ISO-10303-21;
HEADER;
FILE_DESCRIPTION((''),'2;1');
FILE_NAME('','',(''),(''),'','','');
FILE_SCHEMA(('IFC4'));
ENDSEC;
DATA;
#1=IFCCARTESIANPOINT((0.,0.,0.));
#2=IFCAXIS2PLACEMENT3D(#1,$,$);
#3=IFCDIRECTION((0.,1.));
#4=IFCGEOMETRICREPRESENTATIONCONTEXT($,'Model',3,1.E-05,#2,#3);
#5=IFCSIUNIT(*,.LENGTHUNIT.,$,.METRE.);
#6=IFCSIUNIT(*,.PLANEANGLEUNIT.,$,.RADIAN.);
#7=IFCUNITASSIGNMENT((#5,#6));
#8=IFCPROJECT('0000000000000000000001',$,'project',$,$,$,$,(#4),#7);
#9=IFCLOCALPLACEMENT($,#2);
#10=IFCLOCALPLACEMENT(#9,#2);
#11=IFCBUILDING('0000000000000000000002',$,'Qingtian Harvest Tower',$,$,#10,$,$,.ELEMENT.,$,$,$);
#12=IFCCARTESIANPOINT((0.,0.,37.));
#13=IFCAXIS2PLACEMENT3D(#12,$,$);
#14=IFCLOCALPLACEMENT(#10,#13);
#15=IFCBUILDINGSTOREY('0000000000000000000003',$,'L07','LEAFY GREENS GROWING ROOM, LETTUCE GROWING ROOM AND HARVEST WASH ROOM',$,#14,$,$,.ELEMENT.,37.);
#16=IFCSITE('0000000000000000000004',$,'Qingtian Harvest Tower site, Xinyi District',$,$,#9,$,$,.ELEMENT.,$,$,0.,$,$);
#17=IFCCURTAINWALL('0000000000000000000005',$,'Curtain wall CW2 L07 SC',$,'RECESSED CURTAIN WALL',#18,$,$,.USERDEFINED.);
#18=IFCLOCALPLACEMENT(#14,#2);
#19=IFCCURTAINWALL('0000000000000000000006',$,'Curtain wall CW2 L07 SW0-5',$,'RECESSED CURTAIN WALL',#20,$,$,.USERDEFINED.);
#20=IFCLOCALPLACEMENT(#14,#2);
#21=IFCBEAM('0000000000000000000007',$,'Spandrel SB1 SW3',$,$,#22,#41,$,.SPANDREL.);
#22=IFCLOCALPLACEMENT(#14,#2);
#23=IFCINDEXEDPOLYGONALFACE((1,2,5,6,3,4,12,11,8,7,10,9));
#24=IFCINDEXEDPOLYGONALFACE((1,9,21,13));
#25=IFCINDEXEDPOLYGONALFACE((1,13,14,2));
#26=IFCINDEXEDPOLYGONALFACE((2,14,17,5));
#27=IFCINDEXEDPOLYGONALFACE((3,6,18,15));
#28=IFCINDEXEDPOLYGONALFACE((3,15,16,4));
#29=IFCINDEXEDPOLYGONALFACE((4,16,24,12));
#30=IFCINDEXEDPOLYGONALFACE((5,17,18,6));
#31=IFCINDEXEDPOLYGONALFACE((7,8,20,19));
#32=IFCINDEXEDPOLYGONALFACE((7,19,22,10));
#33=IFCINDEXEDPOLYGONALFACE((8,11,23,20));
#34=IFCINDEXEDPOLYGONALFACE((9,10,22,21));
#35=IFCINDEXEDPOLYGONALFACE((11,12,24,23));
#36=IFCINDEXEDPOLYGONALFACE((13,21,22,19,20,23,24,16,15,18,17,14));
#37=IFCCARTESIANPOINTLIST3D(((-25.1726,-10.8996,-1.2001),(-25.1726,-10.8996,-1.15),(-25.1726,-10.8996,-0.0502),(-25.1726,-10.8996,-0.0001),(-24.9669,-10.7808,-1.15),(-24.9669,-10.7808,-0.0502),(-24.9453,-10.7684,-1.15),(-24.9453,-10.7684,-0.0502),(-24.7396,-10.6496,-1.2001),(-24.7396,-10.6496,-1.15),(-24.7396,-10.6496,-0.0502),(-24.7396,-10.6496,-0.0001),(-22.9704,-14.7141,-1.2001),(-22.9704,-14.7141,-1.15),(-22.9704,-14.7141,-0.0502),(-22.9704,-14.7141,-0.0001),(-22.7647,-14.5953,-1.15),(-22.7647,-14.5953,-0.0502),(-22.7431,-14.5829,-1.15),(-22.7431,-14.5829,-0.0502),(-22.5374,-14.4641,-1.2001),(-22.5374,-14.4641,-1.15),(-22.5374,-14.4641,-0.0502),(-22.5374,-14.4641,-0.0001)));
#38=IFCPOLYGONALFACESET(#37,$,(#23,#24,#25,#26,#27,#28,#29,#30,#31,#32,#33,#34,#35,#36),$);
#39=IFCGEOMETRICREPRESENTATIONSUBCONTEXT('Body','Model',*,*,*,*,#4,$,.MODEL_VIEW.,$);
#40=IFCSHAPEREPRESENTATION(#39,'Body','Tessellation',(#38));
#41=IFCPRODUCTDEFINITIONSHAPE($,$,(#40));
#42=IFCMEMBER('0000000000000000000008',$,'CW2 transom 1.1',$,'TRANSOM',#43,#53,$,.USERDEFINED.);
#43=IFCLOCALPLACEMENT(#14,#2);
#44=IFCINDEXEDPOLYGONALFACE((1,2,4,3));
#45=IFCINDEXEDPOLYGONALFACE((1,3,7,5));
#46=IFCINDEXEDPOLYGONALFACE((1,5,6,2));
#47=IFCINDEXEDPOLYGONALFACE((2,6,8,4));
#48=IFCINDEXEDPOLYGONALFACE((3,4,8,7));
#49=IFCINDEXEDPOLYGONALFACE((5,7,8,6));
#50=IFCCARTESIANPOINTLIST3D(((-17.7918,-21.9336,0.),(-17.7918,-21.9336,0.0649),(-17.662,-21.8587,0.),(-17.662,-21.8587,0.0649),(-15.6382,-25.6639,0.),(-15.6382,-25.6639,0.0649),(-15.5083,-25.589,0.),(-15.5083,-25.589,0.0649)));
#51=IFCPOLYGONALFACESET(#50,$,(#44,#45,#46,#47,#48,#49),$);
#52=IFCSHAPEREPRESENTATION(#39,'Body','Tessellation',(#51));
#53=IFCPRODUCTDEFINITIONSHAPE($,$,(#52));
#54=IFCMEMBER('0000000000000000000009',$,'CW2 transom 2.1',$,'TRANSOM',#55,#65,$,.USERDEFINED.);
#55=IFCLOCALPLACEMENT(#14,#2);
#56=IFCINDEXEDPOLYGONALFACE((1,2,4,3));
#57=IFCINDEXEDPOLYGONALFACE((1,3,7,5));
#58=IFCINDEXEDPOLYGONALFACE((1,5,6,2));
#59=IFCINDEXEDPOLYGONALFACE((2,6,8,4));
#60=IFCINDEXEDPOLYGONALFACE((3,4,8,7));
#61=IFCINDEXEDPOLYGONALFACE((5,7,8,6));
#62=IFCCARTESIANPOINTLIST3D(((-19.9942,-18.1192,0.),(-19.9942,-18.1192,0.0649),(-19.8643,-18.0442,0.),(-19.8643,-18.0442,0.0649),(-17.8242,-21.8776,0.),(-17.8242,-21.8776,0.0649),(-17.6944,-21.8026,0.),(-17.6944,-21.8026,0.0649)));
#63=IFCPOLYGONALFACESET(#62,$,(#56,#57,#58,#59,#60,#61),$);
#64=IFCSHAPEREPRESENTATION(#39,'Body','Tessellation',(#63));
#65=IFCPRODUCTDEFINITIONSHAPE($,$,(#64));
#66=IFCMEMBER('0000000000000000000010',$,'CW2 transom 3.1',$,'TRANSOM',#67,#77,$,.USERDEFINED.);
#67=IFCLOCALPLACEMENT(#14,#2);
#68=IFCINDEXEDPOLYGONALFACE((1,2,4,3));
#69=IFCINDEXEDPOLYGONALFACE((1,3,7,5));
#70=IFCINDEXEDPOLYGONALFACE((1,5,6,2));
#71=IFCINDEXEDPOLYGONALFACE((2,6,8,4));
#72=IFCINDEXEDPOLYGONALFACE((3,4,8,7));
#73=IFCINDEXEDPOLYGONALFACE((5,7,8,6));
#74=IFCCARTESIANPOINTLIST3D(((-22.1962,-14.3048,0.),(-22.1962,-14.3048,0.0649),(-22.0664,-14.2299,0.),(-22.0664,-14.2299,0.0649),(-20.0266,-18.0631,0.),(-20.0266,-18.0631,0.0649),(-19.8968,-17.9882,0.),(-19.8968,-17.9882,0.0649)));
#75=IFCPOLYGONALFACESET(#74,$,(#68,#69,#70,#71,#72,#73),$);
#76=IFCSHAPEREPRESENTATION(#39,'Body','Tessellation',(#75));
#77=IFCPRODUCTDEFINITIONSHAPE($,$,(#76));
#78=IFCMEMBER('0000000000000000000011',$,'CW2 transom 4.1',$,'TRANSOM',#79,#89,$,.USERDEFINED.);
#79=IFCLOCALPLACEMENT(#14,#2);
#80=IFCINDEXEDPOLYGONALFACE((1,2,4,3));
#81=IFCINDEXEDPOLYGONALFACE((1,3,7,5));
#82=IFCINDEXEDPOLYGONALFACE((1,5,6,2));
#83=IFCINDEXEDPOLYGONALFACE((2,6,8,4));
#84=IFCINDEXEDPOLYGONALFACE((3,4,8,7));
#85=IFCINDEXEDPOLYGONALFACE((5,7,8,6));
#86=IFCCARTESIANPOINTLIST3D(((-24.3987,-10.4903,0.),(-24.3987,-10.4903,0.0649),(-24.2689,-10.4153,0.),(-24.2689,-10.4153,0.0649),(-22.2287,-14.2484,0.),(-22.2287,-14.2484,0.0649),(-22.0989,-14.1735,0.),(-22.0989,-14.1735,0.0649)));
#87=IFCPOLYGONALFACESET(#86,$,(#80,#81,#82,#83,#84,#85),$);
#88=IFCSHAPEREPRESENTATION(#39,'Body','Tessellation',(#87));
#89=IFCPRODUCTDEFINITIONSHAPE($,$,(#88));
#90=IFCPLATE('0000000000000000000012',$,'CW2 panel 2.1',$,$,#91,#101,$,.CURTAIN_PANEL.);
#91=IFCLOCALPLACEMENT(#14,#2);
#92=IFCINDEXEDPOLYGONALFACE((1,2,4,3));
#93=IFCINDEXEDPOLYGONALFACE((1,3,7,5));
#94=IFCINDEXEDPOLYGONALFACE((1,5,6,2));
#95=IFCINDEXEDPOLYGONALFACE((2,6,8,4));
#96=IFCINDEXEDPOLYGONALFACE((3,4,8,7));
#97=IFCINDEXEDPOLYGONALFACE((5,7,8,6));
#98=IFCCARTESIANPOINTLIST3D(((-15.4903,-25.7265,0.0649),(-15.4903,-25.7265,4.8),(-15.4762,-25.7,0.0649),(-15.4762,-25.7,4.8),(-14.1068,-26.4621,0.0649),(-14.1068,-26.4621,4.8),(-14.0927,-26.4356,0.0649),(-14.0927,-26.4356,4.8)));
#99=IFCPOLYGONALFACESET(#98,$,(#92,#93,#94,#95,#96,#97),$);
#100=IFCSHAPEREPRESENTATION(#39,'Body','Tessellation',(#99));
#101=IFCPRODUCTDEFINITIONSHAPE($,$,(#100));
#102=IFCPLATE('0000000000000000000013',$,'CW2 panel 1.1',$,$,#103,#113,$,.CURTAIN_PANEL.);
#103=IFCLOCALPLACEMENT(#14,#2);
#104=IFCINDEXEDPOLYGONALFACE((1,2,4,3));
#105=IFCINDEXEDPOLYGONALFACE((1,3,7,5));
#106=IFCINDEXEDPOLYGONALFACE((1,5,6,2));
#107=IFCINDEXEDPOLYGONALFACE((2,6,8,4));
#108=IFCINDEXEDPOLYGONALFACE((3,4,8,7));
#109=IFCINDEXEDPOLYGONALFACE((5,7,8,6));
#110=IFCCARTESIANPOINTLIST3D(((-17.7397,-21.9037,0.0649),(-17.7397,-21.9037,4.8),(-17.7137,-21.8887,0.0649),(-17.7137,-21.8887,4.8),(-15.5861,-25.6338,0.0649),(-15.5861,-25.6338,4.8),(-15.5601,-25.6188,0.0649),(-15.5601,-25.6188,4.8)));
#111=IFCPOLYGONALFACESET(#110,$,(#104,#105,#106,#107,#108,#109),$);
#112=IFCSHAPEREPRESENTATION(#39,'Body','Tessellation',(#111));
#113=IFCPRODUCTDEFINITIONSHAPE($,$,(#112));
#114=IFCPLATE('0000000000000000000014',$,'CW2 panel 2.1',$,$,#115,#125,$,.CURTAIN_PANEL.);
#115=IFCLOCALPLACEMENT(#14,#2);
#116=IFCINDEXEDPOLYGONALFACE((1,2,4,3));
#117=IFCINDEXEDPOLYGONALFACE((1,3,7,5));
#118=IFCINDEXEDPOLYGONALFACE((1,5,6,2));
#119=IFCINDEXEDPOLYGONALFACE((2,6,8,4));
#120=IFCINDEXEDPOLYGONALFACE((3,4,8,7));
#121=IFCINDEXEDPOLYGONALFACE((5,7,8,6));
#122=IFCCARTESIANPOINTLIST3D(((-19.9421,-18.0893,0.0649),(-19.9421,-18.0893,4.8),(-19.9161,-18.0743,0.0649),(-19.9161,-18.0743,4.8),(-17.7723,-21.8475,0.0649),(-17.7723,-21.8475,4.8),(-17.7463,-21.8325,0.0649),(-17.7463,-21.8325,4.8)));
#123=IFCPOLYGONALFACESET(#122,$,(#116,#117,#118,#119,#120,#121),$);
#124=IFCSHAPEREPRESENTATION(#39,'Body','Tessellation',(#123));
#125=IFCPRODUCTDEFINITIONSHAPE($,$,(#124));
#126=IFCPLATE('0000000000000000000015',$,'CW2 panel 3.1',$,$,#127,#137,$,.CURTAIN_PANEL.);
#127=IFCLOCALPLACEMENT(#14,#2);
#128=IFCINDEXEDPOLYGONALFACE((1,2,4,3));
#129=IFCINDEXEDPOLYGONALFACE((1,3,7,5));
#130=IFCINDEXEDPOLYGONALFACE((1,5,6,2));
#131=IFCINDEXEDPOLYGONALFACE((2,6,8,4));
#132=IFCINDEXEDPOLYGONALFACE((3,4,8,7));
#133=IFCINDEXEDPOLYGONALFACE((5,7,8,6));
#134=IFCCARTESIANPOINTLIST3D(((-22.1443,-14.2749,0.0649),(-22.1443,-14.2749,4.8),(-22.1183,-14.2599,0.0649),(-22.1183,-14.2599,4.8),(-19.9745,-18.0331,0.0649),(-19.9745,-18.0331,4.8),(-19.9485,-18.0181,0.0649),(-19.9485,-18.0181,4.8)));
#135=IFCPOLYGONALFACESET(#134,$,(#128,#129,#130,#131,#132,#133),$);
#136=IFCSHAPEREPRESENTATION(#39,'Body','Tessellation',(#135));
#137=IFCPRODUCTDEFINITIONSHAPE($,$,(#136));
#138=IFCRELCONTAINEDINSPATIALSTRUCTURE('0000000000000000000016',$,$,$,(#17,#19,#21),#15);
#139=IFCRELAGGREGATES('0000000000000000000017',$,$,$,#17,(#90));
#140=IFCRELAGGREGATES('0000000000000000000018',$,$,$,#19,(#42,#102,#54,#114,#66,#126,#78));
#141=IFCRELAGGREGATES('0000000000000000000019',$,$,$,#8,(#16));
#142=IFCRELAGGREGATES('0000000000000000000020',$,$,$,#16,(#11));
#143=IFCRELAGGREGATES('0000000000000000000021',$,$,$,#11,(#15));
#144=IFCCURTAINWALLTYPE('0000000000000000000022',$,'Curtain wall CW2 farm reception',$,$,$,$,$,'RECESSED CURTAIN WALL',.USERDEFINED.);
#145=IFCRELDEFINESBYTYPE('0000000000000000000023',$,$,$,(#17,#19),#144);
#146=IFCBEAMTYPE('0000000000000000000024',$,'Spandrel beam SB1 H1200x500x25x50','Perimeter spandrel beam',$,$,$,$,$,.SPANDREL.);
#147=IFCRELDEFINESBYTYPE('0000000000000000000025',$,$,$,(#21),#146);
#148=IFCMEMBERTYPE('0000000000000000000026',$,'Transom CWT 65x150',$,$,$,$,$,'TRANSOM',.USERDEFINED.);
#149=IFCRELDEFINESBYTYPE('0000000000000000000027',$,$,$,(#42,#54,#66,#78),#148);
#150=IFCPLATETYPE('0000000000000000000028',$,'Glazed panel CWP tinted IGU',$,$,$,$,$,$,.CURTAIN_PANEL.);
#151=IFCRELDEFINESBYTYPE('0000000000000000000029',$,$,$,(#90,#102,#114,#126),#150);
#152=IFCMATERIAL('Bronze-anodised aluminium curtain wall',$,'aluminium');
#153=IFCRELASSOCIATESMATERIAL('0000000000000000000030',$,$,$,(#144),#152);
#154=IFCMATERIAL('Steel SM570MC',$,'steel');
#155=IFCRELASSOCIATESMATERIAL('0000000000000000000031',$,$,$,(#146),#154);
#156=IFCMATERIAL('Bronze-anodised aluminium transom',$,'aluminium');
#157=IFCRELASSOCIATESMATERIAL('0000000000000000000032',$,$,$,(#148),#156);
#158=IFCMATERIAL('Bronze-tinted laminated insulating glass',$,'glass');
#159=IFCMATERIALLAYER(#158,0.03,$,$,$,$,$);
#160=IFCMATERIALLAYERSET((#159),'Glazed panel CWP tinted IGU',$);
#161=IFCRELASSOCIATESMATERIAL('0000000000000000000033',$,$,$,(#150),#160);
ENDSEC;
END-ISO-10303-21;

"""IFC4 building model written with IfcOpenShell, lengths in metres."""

from ifc_helpers import new_model, si_unit, direction, frame, origin, origin_2d, place, context, subcontext, project, spatial, rectangle, i_section, extrude, material, layer, layer_set, material_profile, profile_set, type_object, element, aggregate, save


model = new_model("IFC4")

# Units and contexts
model_context = context("Model", 3, precision=1e-05, world=origin(), true_north=direction((0.0, 1.0)))
body_context = subcontext(model_context, "Body", "Model", "MODEL_VIEW")
ifc_project = project(units=[si_unit("LENGTHUNIT", "METRE"), si_unit("PLANEANGLEUNIT", "RADIAN")], contexts=[model_context])

# Site, building, storey
site_placement = place(None, origin())
site = spatial("IfcSite", under=ifc_project, at=site_placement, Name="Qingtian Harvest Tower site, Xinyi District", CompositionType="ELEMENT", RefElevation=0.0)
building_placement = place(site_placement, origin())
building = spatial("IfcBuilding", under=site, at=building_placement, Name="Qingtian Harvest Tower", CompositionType="ELEMENT")
storey_placement = place(building_placement, frame((0.0, 0.0, 37.0)))
storey = spatial("IfcBuildingStorey", under=building, at=storey_placement, Name="L07", Description="LEAFY GREENS GROWING ROOM, LETTUCE GROWING ROOM AND HARVEST WASH ROOM", CompositionType="ELEMENT", Elevation=37.0)

# Curtain wall
ifc_material_1 = material(Name="Bronze-anodised aluminium curtain wall", Category="aluminium")
curtain_wall_type = type_object("IfcCurtainWallType", Name="Curtain wall CW2 farm reception", ElementType="RECESSED CURTAIN WALL", PredefinedType="USERDEFINED", material=ifc_material_1)
curtain_wall_1_placement = place(storey_placement, origin())
curtain_wall_1 = element("IfcCurtainWall", 1, at=curtain_wall_1_placement, inside=storey, type_object=curtain_wall_type, Name="Curtain wall CW2 L07 SC", ObjectType="RECESSED CURTAIN WALL", PredefinedType="USERDEFINED")

# Curtain wall
curtain_wall_2_placement = place(storey_placement, origin())
curtain_wall_2 = element("IfcCurtainWall", 2, at=curtain_wall_2_placement, inside=storey, type_object=curtain_wall_type, Name="Curtain wall CW2 L07 SW0-5", ObjectType="RECESSED CURTAIN WALL", PredefinedType="USERDEFINED")

# Beam
ifc_material_2 = material(Name="Steel SM570MC", Category="steel")
ifc_material_profile_1 = material_profile(ifc_material_2, i_section(OverallWidth=0.5, OverallDepth=1.2, WebThickness=0.0249, FlangeThickness=0.05, at=origin_2d()), Name="H1200x500x25x50")
ifc_profile_set_1 = profile_set([ifc_material_profile_1], Name="Steel SM570MC")
beam_type_1 = type_object("IfcBeamType", Name="Spandrel beam SB1 H1200x500x25x50", Description="Perimeter spandrel beam", PredefinedType="SPANDREL", material=ifc_profile_set_1)
for number, where, z_axis, x_axis, name in (
    (3, (-22.7539, -14.5891, -0.6001), (-0.499978, 0.866038, 0.0), (-0.866038, -0.499978, 0.0), "Spandrel SB1 SW3"),
):
    element("IfcBeam", number, at=place(storey_placement, frame(where, z_axis=z_axis, x_axis=x_axis)), inside=storey, type_object=beam_type_1, Name=name, PredefinedType="SPANDREL", context=body_context, shape_type="SweptSolid", body=[
        extrude(i_section(OverallWidth=0.5, OverallDepth=1.2, WebThickness=0.0249, FlangeThickness=0.05, at=origin_2d()), origin(), (0.0, 0.0, 1.0), 4.4045),
    ])

# Members
ifc_material_3 = material(Name="Bronze-anodised aluminium transom", Category="aluminium")
ifc_material_profile_2 = material_profile(ifc_material_3, rectangle(XDim=0.1499, YDim=0.0649, at=origin_2d()), Name="AL 65x150")
ifc_profile_set_2 = profile_set([ifc_material_profile_2], Name="Bronze-anodised aluminium transom")
member_type_1 = type_object("IfcMemberType", Name="Transom CWT 65x150", ElementType="TRANSOM", PredefinedType="USERDEFINED", material=ifc_profile_set_2)
member_1_placement = place(storey_placement, frame((-15.5732, -25.6265, 0.0325), z_axis=(-0.499986, 0.866034, 0.0), x_axis=(-0.866034, -0.499986, 0.0)))
member_1 = element("IfcMember", 4, at=member_1_placement, type_object=member_type_1, Name="CW2 transom 1.1", ObjectType="TRANSOM", PredefinedType="USERDEFINED", context=body_context, shape_type="SweptSolid", body=[
    extrude(rectangle(XDim=0.1499, YDim=0.0649, at=origin_2d()), origin(), (0.0, 0.0, 1.0), 4.3074),
])
member_2_placement = place(storey_placement, frame((-17.7593, -21.8401, 0.0325), z_axis=(-0.500011, 0.866019, 0.0), x_axis=(-0.866019, -0.500011, 0.0)))
member_2 = element("IfcMember", 5, at=member_2_placement, type_object=member_type_1, Name="CW2 transom 2.1", ObjectType="TRANSOM", PredefinedType="USERDEFINED", context=body_context, shape_type="SweptSolid", body=[
    extrude(rectangle(XDim=0.1499, YDim=0.0649, at=origin_2d()), origin(), (0.0, 0.0, 1.0), 4.3398),
])
member_3_placement = place(storey_placement, frame((-19.9617, -18.0256, 0.0325), z_axis=(-0.499969, 0.866043, 0.0), x_axis=(-0.866043, -0.499969, 0.0)))
member_3 = element("IfcMember", 6, at=member_3_placement, type_object=member_type_1, Name="CW2 transom 3.1", ObjectType="TRANSOM", PredefinedType="USERDEFINED", context=body_context, shape_type="SweptSolid", body=[
    extrude(rectangle(XDim=0.1499, YDim=0.0649, at=origin_2d()), origin(), (0.0, 0.0, 1.0), 4.3396),
])
member_4_placement = place(storey_placement, frame((-22.1638, -14.2109, 0.0325), z_axis=(-0.500036, 0.866005, 0.0), x_axis=(-0.866005, -0.500036, 0.0)))
member_4 = element("IfcMember", 7, at=member_4_placement, type_object=member_type_1, Name="CW2 transom 4.1", ObjectType="TRANSOM", PredefinedType="USERDEFINED", context=body_context, shape_type="SweptSolid", body=[
    extrude(rectangle(XDim=0.1499, YDim=0.0649, at=origin_2d()), origin(), (0.0, 0.0, 1.0), 4.3396),
])

# Plates
ifc_material_4 = material(Name="Bronze-tinted laminated insulating glass", Category="glass")
ifc_layer = layer(ifc_material_4, 0.03)
ifc_layer_set = layer_set([ifc_layer], Name="Glazed panel CWP tinted IGU")
plate_type = type_object("IfcPlateType", Name="Glazed panel CWP tinted IGU", PredefinedType="CURTAIN_PANEL", material=ifc_layer_set)
plate_1_placement = place(storey_placement, frame((-14.7915, -26.0811, 0.0649), z_axis=(0.0, 0.0, 1.0), x_axis=(-0.882948, 0.469472, 0.0)))
plate_1 = element("IfcPlate", 8, at=plate_1_placement, type_object=plate_type, Name="CW2 panel 2.1", PredefinedType="CURTAIN_PANEL", context=body_context, shape_type="SweptSolid", body=[
    extrude(rectangle(XDim=1.5669, YDim=0.03, at=origin_2d()), origin(), (0.0, 0.0, 1.0), 4.7351),
])
aggregate(curtain_wall_1, [plate_1])
plate_2_placement = place(storey_placement, frame((-16.6499, -23.7612, 0.0649), z_axis=(0.0, 0.0, 1.0), x_axis=(-0.5, 0.866025, 0.0)))
plate_2 = element("IfcPlate", 9, at=plate_2_placement, type_object=plate_type, Name="CW2 panel 1.1", PredefinedType="CURTAIN_PANEL", context=body_context, shape_type="SweptSolid", body=[
    extrude(rectangle(XDim=4.3071, YDim=0.03, at=origin_2d()), origin(), (0.0, 0.0, 1.0), 4.7351),
])
plate_3_placement = place(storey_placement, frame((-18.8442, -19.9609, 0.0649), z_axis=(0.0, 0.0, 1.0), x_axis=(-0.5, 0.866025, 0.0)))
plate_3 = element("IfcPlate", 10, at=plate_3_placement, type_object=plate_type, Name="CW2 panel 2.1", PredefinedType="CURTAIN_PANEL", context=body_context, shape_type="SweptSolid", body=[
    extrude(rectangle(XDim=4.3396, YDim=0.03, at=origin_2d()), origin(), (0.0, 0.0, 1.0), 4.7351),
])
plate_4_placement = place(storey_placement, frame((-21.0464, -16.1465, 0.0649), z_axis=(0.0, 0.0, 1.0), x_axis=(-0.5, 0.866025, 0.0)))
plate_4 = element("IfcPlate", 11, at=plate_4_placement, type_object=plate_type, Name="CW2 panel 3.1", PredefinedType="CURTAIN_PANEL", context=body_context, shape_type="SweptSolid", body=[
    extrude(rectangle(XDim=4.3396, YDim=0.03, at=origin_2d()), origin(), (0.0, 0.0, 1.0), 4.7351),
])
aggregate(curtain_wall_2, [member_1, plate_2, member_2, plate_3, member_3, plate_4, member_4])

save(model, "model.ifc")
